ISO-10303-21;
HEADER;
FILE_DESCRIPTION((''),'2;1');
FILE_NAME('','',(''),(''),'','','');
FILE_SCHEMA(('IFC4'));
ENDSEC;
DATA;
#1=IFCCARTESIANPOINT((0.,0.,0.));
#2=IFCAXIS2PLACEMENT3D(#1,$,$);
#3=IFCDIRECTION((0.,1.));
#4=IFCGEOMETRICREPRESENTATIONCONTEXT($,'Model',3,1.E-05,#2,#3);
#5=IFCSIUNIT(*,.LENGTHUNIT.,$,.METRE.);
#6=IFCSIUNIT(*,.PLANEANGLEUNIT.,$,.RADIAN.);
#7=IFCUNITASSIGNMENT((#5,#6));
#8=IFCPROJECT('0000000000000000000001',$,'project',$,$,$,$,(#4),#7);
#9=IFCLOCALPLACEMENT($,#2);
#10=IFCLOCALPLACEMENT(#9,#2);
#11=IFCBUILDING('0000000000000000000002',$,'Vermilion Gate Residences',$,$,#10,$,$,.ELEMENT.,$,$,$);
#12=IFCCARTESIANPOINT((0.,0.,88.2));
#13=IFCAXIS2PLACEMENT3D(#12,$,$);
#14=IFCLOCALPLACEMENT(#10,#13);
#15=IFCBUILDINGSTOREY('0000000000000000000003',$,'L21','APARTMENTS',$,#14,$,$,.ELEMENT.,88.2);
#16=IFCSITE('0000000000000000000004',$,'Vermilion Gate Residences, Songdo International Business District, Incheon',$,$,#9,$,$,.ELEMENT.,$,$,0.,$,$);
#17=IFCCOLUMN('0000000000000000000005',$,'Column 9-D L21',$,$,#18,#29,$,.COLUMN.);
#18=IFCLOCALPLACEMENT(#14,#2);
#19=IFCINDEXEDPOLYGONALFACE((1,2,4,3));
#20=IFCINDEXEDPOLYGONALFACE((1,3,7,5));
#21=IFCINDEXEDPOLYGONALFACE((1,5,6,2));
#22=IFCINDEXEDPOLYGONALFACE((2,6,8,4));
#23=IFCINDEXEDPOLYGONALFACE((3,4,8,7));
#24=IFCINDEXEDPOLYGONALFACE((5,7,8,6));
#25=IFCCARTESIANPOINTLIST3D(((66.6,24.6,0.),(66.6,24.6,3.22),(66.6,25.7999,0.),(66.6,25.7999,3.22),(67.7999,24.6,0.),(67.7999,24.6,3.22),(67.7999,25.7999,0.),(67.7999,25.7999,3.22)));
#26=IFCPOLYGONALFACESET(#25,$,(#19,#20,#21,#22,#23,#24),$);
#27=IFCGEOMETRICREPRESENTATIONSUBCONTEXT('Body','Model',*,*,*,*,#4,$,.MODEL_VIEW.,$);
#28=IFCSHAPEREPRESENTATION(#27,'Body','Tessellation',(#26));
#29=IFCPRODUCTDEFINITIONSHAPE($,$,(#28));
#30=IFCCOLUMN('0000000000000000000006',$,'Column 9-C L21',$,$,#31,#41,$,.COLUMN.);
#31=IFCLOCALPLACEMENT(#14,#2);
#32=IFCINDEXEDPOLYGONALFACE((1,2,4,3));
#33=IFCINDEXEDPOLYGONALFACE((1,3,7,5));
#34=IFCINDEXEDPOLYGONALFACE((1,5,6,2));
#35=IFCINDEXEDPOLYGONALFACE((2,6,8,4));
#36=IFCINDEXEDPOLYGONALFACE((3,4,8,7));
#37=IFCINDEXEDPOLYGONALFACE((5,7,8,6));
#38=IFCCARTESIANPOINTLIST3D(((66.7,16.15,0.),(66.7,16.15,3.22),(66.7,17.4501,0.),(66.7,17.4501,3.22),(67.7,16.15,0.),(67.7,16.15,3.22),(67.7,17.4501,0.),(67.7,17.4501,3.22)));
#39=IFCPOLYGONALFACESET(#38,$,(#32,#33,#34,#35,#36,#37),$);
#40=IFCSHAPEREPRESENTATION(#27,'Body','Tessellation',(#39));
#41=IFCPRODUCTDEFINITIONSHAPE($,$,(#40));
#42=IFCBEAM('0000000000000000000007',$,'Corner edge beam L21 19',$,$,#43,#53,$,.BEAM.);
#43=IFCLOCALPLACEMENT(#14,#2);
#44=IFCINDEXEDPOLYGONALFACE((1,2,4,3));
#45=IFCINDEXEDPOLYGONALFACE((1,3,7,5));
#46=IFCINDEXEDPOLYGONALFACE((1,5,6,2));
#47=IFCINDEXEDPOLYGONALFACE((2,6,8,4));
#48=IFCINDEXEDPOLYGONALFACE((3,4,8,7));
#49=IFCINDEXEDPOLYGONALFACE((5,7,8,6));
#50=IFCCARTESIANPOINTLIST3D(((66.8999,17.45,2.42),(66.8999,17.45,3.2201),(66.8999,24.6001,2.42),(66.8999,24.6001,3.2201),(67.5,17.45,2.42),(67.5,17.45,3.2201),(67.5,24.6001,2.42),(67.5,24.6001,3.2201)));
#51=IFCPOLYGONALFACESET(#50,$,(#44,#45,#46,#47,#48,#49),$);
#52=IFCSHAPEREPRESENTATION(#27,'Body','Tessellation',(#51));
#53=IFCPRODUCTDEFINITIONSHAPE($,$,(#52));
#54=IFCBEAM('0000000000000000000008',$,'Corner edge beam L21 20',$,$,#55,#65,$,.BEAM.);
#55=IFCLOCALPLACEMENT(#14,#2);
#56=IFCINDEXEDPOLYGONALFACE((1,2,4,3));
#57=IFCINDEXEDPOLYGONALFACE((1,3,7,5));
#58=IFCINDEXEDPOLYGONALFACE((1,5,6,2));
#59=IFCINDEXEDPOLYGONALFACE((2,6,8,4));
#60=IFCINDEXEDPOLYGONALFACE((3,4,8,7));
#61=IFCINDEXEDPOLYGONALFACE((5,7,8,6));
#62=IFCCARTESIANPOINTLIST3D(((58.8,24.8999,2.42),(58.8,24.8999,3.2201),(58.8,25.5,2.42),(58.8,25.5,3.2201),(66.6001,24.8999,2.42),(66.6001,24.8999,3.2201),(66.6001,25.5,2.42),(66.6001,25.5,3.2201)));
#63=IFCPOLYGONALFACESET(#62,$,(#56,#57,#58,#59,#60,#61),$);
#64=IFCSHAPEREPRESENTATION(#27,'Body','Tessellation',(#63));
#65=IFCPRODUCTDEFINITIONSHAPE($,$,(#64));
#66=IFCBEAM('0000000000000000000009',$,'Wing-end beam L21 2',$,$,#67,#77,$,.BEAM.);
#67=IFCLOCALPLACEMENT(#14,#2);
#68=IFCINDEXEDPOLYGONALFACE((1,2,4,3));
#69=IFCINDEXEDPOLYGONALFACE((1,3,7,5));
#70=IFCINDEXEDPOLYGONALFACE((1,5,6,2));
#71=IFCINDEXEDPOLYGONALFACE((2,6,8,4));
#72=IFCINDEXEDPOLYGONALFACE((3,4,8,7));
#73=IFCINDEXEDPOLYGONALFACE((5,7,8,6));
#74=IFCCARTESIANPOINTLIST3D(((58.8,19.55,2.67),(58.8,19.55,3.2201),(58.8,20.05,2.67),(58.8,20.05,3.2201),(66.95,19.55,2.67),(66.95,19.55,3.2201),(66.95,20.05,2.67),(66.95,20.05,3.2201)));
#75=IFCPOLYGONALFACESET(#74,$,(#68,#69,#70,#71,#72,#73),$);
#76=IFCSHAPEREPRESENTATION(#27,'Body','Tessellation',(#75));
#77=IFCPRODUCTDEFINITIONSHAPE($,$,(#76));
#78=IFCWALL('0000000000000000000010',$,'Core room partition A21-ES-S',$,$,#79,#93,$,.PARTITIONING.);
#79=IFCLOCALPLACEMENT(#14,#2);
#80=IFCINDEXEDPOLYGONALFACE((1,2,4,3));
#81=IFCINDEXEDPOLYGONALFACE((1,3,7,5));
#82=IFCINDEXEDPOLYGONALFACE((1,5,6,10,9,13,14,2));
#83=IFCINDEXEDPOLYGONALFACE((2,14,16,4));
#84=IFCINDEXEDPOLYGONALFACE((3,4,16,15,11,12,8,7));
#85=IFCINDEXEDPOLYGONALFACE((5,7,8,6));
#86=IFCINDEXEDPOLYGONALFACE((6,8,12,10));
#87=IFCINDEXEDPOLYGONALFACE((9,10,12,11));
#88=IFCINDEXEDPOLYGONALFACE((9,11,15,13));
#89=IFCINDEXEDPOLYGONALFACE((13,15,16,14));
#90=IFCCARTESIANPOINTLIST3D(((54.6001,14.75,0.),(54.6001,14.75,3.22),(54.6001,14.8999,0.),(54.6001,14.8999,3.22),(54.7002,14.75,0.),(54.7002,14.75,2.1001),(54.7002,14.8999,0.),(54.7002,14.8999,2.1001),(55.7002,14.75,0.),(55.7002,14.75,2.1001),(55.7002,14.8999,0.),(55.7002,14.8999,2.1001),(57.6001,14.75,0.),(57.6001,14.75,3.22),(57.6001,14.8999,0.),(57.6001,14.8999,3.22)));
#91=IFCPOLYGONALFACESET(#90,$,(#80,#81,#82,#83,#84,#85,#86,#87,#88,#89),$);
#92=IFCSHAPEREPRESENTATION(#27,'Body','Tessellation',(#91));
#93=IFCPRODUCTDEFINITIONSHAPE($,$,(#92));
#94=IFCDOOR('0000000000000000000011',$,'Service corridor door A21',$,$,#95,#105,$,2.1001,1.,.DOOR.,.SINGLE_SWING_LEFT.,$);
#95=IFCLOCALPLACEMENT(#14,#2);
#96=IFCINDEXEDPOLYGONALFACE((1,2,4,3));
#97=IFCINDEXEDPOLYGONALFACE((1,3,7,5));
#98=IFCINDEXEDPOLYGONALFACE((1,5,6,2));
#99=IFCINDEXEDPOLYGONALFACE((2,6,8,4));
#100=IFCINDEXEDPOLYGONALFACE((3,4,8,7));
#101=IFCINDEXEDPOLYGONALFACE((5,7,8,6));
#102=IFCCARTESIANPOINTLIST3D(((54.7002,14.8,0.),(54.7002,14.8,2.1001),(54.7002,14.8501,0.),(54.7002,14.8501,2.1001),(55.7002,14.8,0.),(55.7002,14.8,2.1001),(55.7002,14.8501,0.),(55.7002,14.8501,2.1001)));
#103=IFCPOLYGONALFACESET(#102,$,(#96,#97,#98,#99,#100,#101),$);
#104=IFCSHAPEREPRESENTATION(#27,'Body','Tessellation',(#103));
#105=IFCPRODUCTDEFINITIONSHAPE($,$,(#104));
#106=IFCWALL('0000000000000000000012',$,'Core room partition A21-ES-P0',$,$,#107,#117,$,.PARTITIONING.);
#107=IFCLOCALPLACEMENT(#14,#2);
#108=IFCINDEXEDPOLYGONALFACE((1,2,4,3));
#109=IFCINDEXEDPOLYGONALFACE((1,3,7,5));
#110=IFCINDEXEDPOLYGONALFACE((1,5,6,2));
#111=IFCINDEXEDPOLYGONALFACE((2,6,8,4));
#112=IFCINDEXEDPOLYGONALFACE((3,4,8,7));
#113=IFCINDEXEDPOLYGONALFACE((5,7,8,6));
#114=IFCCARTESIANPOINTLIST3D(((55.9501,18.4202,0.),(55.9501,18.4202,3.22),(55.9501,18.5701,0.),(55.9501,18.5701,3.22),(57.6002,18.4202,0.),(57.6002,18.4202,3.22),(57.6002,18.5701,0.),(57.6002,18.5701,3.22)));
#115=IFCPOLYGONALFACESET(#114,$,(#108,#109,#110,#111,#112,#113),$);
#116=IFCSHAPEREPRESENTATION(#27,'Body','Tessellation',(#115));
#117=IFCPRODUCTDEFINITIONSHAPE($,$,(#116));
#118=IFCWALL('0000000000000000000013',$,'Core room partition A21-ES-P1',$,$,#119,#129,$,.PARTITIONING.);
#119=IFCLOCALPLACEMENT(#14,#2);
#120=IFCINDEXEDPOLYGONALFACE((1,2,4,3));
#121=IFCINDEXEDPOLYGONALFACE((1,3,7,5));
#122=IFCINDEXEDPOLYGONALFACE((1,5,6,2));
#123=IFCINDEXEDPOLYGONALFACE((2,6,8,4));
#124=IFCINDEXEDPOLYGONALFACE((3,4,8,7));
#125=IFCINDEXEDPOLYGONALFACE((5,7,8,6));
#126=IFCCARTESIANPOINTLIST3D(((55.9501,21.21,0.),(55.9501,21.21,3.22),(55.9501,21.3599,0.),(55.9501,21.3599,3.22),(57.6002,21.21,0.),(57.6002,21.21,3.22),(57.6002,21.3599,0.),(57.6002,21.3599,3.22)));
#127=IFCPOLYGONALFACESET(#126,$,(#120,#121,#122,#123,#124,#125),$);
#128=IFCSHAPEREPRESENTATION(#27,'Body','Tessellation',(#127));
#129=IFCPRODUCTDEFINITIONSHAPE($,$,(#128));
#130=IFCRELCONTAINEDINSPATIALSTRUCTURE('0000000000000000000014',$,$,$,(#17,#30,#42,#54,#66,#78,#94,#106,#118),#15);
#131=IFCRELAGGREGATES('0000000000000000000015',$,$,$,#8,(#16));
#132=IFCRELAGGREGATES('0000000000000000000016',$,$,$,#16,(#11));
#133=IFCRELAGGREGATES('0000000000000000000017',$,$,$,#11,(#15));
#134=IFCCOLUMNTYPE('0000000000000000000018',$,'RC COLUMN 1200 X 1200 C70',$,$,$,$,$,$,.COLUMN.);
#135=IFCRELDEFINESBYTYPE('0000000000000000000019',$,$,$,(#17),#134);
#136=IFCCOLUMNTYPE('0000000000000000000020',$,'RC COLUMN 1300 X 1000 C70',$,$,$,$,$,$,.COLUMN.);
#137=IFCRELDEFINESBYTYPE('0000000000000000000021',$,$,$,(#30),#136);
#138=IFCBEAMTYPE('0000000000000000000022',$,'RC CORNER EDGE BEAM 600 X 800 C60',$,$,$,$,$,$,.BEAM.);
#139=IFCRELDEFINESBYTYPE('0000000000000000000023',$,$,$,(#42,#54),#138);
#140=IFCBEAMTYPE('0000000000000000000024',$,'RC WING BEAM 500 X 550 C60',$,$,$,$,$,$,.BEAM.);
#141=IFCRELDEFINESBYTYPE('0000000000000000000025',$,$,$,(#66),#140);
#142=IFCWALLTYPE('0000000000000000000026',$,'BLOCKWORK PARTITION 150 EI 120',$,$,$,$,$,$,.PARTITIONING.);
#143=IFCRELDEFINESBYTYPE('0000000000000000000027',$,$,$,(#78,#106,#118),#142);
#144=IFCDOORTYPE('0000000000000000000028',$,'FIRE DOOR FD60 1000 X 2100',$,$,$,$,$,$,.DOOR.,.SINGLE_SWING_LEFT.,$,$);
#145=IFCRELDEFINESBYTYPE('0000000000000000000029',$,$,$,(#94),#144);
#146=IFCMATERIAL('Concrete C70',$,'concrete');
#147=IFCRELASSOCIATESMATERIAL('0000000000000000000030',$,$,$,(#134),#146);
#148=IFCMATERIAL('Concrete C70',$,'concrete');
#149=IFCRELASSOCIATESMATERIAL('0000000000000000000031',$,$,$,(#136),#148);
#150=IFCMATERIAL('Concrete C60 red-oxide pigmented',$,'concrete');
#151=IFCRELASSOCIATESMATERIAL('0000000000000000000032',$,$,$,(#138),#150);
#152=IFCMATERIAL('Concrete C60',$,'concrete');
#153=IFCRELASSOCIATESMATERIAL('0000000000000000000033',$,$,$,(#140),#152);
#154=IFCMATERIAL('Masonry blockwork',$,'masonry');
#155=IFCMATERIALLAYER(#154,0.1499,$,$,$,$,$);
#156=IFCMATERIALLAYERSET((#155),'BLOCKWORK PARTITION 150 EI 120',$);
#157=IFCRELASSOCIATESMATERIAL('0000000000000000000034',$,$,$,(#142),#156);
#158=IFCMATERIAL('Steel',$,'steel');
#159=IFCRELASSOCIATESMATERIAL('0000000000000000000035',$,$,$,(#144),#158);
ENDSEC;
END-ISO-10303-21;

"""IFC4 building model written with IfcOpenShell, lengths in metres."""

from ifc_helpers import new_model, si_unit, direction, frame, frame_2d, origin, origin_2d, place, context, subcontext, project, spatial, rectangle, extrude, material, layer, layer_set, material_profile, profile_set, type_object, element, fill, save


model = new_model("IFC4")

# Units and contexts
model_context = context("Model", 3, precision=1e-05, world=origin(), true_north=direction((0.0, 1.0)))
body_context = subcontext(model_context, "Body", "Model", "MODEL_VIEW")
ifc_project = project(units=[si_unit("LENGTHUNIT", "METRE"), si_unit("PLANEANGLEUNIT", "RADIAN")], contexts=[model_context])

# Site, building, storey
site_placement = place(None, origin())
site = spatial("IfcSite", under=ifc_project, at=site_placement, Name="Vermilion Gate Residences, Songdo International Business District, Incheon", CompositionType="ELEMENT", RefElevation=0.0)
building_placement = place(site_placement, origin())
building = spatial("IfcBuilding", under=site, at=building_placement, Name="Vermilion Gate Residences", CompositionType="ELEMENT")
storey_placement = place(building_placement, frame((0.0, 0.0, 88.2)))
storey = spatial("IfcBuildingStorey", under=building, at=storey_placement, Name="L21", Description="APARTMENTS", CompositionType="ELEMENT", Elevation=88.2)

# Columns
ifc_material_1 = material(Name="Concrete C70", Category="concrete")
ifc_material_profile_1 = material_profile(ifc_material_1, rectangle(XDim=1.2, YDim=1.2, at=origin_2d()), Name="RC-1200x1200")
ifc_profile_set_1 = profile_set([ifc_material_profile_1], Name="Concrete C70")
column_type_1 = type_object("IfcColumnType", Name="RC COLUMN 1200 X 1200 C70", PredefinedType="COLUMN", material=ifc_profile_set_1)
column_1_placement = place(storey_placement, frame((67.2, 25.2, 0.0), z_axis=(0.0, 0.0, 1.0), x_axis=(1.0, 0.0, 0.0)))
element("IfcColumn", 1, at=column_1_placement, inside=storey, type_object=column_type_1, Name="Column 9-D L21", PredefinedType="COLUMN", context=body_context, shape_type="SweptSolid", body=[
    extrude(rectangle(XDim=1.2, YDim=1.2, at=origin_2d()), origin(), (0.0, 0.0, 1.0), 3.22),
])
ifc_material_2 = material(Name="Concrete C70", Category="concrete")
ifc_material_profile_2 = material_profile(ifc_material_2, rectangle(XDim=1.3, YDim=1.0, at=origin_2d()), Name="RC-1300x1000")
ifc_profile_set_2 = profile_set([ifc_material_profile_2], Name="Concrete C70")
column_type_2 = type_object("IfcColumnType", Name="RC COLUMN 1300 X 1000 C70", PredefinedType="COLUMN", material=ifc_profile_set_2)
column_2_placement = place(storey_placement, frame((67.2, 16.8, 0.0), z_axis=(0.0, 0.0, 1.0), x_axis=(0.0, 1.0, 0.0)))
element("IfcColumn", 2, at=column_2_placement, inside=storey, type_object=column_type_2, Name="Column 9-C L21", PredefinedType="COLUMN", context=body_context, shape_type="SweptSolid", body=[
    extrude(rectangle(XDim=1.3, YDim=1.0, at=origin_2d()), origin(), (0.0, 0.0, 1.0), 3.22),
])

# Beams
ifc_material_3 = material(Name="Concrete C60 red-oxide pigmented", Category="concrete")
ifc_material_profile_3 = material_profile(ifc_material_3, rectangle(XDim=0.6001, YDim=0.8, at=origin_2d()), Name="RC-600x800")
ifc_profile_set_3 = profile_set([ifc_material_profile_3], Name="Concrete C60 red-oxide pigmented")
beam_type_1 = type_object("IfcBeamType", Name="RC CORNER EDGE BEAM 600 X 800 C60", PredefinedType="BEAM", material=ifc_profile_set_3)
beam_1_placement = place(storey_placement, frame((67.2, 17.45, 2.8201), z_axis=(0.0, 1.0, 0.0), x_axis=(-1.0, 0.0, 0.0)))
element("IfcBeam", 3, at=beam_1_placement, inside=storey, type_object=beam_type_1, Name="Corner edge beam L21 19", PredefinedType="BEAM", context=body_context, shape_type="SweptSolid", body=[
    extrude(rectangle(XDim=0.6001, YDim=0.8, at=origin_2d()), origin(), (0.0, 0.0, 1.0), 7.1501),
])
beam_2_placement = place(storey_placement, frame((58.8, 25.2, 2.8201), z_axis=(1.0, 0.0, 0.0), x_axis=(0.0, 1.0, 0.0)))
element("IfcBeam", 4, at=beam_2_placement, inside=storey, type_object=beam_type_1, Name="Corner edge beam L21 20", PredefinedType="BEAM", context=body_context, shape_type="SweptSolid", body=[
    extrude(rectangle(XDim=0.6001, YDim=0.8, at=origin_2d()), origin(), (0.0, 0.0, 1.0), 7.8),
])
ifc_material_4 = material(Name="Concrete C60", Category="concrete")
ifc_material_profile_4 = material_profile(ifc_material_4, rectangle(XDim=0.5, YDim=0.55, at=origin_2d()), Name="RC-500x550")
ifc_profile_set_4 = profile_set([ifc_material_profile_4], Name="Concrete C60")
beam_type_2 = type_object("IfcBeamType", Name="RC WING BEAM 500 X 550 C60", PredefinedType="BEAM", material=ifc_profile_set_4)
beam_3_placement = place(storey_placement, frame((58.8, 19.8, 2.9451), z_axis=(1.0, 0.0, 0.0), x_axis=(0.0, 1.0, 0.0)))
element("IfcBeam", 5, at=beam_3_placement, inside=storey, type_object=beam_type_2, Name="Wing-end beam L21 2", PredefinedType="BEAM", context=body_context, shape_type="SweptSolid", body=[
    extrude(rectangle(XDim=0.5, YDim=0.55, at=origin_2d()), origin(), (0.0, 0.0, 1.0), 8.1499),
])

# Wall, opening, door
ifc_material_5 = material(Name="Masonry blockwork", Category="masonry")
ifc_layer_1 = layer(ifc_material_5, 0.1499)
ifc_layer_set_1 = layer_set([ifc_layer_1], Name="BLOCKWORK PARTITION 150 EI 120")
wall_type_1 = type_object("IfcWallType", Name="BLOCKWORK PARTITION 150 EI 120", PredefinedType="PARTITIONING", material=ifc_layer_set_1)
wall_1_placement = place(storey_placement, frame((54.6001, 14.825, 0.0), z_axis=(0.0, 0.0, 1.0), x_axis=(1.0, 0.0, 0.0)))
wall_1 = element("IfcWall", 6, at=wall_1_placement, inside=storey, type_object=wall_type_1, Name="Core room partition A21-ES-S", PredefinedType="PARTITIONING", context=body_context, shape_type="SweptSolid", body=[
    extrude(rectangle(XDim=3.0, YDim=0.1499, at=frame_2d((1.5, 0.0))), origin(), (0.0, 0.0, 1.0), 3.22),
])
opening_1_placement = place(wall_1_placement, frame((0.1001, 0.0, 0.0)))
opening_1 = element("IfcOpeningElement", 7, at=opening_1_placement, cuts=wall_1, PredefinedType="OPENING", context=body_context, shape_type="SweptSolid", body=[
    extrude(rectangle(XDim=1.0, YDim=2.1001, at=frame_2d((0.5, 1.05))), frame((0.0, 0.085, 0.0), z_axis=(0.0, -1.0, 0.0), x_axis=(1.0, 0.0, 0.0)), (0.0, 0.0, 1.0), 0.1699),
])
ifc_material_6 = material(Name="Steel", Category="steel")
door_type_1 = type_object("IfcDoorType", Name="FIRE DOOR FD60 1000 X 2100", OperationType="SINGLE_SWING_LEFT", PredefinedType="DOOR", material=ifc_material_6)
door_1_placement = place(opening_1_placement, frame((1.0, 0.0, 0.0), z_axis=(0.0, 0.0, 1.0), x_axis=(-1.0, 0.0, 0.0)))
door_1 = element("IfcDoor", 8, at=door_1_placement, inside=storey, type_object=door_type_1, Name="Service corridor door A21", OperationType="SINGLE_SWING_LEFT", OverallHeight=2.1001, OverallWidth=1.0, PredefinedType="DOOR", context=body_context, shape_type="SweptSolid", body=[
    extrude(rectangle(XDim=1.0, YDim=2.1001, at=frame_2d((0.5, 1.05))), frame((0.0, 0.0249, 0.0), z_axis=(0.0, -1.0, 0.0), x_axis=(1.0, 0.0, 0.0)), (0.0, 0.0, 1.0), 0.05),
])
fill(opening_1, door_1)

# Walls
for number, where, z_axis, x_axis, name in (
    (9, (55.95, 18.4951, 0.0), (0.0, 0.0, 1.0), (1.0, 0.0, 0.0), "Core room partition A21-ES-P0"),
    (10, (55.95, 21.2849, 0.0), (0.0, 0.0, 1.0), (1.0, 0.0, 0.0), "Core room partition A21-ES-P1"),
):
    element("IfcWall", number, at=place(storey_placement, frame(where, z_axis=z_axis, x_axis=x_axis)), inside=storey, type_object=wall_type_1, Name=name, PredefinedType="PARTITIONING", context=body_context, shape_type="SweptSolid", body=[
        extrude(rectangle(XDim=1.6501, YDim=0.1499, at=frame_2d((0.8252, 0.0))), origin(), (0.0, 0.0, 1.0), 3.22),
    ])

save(model, "model.ifc")
